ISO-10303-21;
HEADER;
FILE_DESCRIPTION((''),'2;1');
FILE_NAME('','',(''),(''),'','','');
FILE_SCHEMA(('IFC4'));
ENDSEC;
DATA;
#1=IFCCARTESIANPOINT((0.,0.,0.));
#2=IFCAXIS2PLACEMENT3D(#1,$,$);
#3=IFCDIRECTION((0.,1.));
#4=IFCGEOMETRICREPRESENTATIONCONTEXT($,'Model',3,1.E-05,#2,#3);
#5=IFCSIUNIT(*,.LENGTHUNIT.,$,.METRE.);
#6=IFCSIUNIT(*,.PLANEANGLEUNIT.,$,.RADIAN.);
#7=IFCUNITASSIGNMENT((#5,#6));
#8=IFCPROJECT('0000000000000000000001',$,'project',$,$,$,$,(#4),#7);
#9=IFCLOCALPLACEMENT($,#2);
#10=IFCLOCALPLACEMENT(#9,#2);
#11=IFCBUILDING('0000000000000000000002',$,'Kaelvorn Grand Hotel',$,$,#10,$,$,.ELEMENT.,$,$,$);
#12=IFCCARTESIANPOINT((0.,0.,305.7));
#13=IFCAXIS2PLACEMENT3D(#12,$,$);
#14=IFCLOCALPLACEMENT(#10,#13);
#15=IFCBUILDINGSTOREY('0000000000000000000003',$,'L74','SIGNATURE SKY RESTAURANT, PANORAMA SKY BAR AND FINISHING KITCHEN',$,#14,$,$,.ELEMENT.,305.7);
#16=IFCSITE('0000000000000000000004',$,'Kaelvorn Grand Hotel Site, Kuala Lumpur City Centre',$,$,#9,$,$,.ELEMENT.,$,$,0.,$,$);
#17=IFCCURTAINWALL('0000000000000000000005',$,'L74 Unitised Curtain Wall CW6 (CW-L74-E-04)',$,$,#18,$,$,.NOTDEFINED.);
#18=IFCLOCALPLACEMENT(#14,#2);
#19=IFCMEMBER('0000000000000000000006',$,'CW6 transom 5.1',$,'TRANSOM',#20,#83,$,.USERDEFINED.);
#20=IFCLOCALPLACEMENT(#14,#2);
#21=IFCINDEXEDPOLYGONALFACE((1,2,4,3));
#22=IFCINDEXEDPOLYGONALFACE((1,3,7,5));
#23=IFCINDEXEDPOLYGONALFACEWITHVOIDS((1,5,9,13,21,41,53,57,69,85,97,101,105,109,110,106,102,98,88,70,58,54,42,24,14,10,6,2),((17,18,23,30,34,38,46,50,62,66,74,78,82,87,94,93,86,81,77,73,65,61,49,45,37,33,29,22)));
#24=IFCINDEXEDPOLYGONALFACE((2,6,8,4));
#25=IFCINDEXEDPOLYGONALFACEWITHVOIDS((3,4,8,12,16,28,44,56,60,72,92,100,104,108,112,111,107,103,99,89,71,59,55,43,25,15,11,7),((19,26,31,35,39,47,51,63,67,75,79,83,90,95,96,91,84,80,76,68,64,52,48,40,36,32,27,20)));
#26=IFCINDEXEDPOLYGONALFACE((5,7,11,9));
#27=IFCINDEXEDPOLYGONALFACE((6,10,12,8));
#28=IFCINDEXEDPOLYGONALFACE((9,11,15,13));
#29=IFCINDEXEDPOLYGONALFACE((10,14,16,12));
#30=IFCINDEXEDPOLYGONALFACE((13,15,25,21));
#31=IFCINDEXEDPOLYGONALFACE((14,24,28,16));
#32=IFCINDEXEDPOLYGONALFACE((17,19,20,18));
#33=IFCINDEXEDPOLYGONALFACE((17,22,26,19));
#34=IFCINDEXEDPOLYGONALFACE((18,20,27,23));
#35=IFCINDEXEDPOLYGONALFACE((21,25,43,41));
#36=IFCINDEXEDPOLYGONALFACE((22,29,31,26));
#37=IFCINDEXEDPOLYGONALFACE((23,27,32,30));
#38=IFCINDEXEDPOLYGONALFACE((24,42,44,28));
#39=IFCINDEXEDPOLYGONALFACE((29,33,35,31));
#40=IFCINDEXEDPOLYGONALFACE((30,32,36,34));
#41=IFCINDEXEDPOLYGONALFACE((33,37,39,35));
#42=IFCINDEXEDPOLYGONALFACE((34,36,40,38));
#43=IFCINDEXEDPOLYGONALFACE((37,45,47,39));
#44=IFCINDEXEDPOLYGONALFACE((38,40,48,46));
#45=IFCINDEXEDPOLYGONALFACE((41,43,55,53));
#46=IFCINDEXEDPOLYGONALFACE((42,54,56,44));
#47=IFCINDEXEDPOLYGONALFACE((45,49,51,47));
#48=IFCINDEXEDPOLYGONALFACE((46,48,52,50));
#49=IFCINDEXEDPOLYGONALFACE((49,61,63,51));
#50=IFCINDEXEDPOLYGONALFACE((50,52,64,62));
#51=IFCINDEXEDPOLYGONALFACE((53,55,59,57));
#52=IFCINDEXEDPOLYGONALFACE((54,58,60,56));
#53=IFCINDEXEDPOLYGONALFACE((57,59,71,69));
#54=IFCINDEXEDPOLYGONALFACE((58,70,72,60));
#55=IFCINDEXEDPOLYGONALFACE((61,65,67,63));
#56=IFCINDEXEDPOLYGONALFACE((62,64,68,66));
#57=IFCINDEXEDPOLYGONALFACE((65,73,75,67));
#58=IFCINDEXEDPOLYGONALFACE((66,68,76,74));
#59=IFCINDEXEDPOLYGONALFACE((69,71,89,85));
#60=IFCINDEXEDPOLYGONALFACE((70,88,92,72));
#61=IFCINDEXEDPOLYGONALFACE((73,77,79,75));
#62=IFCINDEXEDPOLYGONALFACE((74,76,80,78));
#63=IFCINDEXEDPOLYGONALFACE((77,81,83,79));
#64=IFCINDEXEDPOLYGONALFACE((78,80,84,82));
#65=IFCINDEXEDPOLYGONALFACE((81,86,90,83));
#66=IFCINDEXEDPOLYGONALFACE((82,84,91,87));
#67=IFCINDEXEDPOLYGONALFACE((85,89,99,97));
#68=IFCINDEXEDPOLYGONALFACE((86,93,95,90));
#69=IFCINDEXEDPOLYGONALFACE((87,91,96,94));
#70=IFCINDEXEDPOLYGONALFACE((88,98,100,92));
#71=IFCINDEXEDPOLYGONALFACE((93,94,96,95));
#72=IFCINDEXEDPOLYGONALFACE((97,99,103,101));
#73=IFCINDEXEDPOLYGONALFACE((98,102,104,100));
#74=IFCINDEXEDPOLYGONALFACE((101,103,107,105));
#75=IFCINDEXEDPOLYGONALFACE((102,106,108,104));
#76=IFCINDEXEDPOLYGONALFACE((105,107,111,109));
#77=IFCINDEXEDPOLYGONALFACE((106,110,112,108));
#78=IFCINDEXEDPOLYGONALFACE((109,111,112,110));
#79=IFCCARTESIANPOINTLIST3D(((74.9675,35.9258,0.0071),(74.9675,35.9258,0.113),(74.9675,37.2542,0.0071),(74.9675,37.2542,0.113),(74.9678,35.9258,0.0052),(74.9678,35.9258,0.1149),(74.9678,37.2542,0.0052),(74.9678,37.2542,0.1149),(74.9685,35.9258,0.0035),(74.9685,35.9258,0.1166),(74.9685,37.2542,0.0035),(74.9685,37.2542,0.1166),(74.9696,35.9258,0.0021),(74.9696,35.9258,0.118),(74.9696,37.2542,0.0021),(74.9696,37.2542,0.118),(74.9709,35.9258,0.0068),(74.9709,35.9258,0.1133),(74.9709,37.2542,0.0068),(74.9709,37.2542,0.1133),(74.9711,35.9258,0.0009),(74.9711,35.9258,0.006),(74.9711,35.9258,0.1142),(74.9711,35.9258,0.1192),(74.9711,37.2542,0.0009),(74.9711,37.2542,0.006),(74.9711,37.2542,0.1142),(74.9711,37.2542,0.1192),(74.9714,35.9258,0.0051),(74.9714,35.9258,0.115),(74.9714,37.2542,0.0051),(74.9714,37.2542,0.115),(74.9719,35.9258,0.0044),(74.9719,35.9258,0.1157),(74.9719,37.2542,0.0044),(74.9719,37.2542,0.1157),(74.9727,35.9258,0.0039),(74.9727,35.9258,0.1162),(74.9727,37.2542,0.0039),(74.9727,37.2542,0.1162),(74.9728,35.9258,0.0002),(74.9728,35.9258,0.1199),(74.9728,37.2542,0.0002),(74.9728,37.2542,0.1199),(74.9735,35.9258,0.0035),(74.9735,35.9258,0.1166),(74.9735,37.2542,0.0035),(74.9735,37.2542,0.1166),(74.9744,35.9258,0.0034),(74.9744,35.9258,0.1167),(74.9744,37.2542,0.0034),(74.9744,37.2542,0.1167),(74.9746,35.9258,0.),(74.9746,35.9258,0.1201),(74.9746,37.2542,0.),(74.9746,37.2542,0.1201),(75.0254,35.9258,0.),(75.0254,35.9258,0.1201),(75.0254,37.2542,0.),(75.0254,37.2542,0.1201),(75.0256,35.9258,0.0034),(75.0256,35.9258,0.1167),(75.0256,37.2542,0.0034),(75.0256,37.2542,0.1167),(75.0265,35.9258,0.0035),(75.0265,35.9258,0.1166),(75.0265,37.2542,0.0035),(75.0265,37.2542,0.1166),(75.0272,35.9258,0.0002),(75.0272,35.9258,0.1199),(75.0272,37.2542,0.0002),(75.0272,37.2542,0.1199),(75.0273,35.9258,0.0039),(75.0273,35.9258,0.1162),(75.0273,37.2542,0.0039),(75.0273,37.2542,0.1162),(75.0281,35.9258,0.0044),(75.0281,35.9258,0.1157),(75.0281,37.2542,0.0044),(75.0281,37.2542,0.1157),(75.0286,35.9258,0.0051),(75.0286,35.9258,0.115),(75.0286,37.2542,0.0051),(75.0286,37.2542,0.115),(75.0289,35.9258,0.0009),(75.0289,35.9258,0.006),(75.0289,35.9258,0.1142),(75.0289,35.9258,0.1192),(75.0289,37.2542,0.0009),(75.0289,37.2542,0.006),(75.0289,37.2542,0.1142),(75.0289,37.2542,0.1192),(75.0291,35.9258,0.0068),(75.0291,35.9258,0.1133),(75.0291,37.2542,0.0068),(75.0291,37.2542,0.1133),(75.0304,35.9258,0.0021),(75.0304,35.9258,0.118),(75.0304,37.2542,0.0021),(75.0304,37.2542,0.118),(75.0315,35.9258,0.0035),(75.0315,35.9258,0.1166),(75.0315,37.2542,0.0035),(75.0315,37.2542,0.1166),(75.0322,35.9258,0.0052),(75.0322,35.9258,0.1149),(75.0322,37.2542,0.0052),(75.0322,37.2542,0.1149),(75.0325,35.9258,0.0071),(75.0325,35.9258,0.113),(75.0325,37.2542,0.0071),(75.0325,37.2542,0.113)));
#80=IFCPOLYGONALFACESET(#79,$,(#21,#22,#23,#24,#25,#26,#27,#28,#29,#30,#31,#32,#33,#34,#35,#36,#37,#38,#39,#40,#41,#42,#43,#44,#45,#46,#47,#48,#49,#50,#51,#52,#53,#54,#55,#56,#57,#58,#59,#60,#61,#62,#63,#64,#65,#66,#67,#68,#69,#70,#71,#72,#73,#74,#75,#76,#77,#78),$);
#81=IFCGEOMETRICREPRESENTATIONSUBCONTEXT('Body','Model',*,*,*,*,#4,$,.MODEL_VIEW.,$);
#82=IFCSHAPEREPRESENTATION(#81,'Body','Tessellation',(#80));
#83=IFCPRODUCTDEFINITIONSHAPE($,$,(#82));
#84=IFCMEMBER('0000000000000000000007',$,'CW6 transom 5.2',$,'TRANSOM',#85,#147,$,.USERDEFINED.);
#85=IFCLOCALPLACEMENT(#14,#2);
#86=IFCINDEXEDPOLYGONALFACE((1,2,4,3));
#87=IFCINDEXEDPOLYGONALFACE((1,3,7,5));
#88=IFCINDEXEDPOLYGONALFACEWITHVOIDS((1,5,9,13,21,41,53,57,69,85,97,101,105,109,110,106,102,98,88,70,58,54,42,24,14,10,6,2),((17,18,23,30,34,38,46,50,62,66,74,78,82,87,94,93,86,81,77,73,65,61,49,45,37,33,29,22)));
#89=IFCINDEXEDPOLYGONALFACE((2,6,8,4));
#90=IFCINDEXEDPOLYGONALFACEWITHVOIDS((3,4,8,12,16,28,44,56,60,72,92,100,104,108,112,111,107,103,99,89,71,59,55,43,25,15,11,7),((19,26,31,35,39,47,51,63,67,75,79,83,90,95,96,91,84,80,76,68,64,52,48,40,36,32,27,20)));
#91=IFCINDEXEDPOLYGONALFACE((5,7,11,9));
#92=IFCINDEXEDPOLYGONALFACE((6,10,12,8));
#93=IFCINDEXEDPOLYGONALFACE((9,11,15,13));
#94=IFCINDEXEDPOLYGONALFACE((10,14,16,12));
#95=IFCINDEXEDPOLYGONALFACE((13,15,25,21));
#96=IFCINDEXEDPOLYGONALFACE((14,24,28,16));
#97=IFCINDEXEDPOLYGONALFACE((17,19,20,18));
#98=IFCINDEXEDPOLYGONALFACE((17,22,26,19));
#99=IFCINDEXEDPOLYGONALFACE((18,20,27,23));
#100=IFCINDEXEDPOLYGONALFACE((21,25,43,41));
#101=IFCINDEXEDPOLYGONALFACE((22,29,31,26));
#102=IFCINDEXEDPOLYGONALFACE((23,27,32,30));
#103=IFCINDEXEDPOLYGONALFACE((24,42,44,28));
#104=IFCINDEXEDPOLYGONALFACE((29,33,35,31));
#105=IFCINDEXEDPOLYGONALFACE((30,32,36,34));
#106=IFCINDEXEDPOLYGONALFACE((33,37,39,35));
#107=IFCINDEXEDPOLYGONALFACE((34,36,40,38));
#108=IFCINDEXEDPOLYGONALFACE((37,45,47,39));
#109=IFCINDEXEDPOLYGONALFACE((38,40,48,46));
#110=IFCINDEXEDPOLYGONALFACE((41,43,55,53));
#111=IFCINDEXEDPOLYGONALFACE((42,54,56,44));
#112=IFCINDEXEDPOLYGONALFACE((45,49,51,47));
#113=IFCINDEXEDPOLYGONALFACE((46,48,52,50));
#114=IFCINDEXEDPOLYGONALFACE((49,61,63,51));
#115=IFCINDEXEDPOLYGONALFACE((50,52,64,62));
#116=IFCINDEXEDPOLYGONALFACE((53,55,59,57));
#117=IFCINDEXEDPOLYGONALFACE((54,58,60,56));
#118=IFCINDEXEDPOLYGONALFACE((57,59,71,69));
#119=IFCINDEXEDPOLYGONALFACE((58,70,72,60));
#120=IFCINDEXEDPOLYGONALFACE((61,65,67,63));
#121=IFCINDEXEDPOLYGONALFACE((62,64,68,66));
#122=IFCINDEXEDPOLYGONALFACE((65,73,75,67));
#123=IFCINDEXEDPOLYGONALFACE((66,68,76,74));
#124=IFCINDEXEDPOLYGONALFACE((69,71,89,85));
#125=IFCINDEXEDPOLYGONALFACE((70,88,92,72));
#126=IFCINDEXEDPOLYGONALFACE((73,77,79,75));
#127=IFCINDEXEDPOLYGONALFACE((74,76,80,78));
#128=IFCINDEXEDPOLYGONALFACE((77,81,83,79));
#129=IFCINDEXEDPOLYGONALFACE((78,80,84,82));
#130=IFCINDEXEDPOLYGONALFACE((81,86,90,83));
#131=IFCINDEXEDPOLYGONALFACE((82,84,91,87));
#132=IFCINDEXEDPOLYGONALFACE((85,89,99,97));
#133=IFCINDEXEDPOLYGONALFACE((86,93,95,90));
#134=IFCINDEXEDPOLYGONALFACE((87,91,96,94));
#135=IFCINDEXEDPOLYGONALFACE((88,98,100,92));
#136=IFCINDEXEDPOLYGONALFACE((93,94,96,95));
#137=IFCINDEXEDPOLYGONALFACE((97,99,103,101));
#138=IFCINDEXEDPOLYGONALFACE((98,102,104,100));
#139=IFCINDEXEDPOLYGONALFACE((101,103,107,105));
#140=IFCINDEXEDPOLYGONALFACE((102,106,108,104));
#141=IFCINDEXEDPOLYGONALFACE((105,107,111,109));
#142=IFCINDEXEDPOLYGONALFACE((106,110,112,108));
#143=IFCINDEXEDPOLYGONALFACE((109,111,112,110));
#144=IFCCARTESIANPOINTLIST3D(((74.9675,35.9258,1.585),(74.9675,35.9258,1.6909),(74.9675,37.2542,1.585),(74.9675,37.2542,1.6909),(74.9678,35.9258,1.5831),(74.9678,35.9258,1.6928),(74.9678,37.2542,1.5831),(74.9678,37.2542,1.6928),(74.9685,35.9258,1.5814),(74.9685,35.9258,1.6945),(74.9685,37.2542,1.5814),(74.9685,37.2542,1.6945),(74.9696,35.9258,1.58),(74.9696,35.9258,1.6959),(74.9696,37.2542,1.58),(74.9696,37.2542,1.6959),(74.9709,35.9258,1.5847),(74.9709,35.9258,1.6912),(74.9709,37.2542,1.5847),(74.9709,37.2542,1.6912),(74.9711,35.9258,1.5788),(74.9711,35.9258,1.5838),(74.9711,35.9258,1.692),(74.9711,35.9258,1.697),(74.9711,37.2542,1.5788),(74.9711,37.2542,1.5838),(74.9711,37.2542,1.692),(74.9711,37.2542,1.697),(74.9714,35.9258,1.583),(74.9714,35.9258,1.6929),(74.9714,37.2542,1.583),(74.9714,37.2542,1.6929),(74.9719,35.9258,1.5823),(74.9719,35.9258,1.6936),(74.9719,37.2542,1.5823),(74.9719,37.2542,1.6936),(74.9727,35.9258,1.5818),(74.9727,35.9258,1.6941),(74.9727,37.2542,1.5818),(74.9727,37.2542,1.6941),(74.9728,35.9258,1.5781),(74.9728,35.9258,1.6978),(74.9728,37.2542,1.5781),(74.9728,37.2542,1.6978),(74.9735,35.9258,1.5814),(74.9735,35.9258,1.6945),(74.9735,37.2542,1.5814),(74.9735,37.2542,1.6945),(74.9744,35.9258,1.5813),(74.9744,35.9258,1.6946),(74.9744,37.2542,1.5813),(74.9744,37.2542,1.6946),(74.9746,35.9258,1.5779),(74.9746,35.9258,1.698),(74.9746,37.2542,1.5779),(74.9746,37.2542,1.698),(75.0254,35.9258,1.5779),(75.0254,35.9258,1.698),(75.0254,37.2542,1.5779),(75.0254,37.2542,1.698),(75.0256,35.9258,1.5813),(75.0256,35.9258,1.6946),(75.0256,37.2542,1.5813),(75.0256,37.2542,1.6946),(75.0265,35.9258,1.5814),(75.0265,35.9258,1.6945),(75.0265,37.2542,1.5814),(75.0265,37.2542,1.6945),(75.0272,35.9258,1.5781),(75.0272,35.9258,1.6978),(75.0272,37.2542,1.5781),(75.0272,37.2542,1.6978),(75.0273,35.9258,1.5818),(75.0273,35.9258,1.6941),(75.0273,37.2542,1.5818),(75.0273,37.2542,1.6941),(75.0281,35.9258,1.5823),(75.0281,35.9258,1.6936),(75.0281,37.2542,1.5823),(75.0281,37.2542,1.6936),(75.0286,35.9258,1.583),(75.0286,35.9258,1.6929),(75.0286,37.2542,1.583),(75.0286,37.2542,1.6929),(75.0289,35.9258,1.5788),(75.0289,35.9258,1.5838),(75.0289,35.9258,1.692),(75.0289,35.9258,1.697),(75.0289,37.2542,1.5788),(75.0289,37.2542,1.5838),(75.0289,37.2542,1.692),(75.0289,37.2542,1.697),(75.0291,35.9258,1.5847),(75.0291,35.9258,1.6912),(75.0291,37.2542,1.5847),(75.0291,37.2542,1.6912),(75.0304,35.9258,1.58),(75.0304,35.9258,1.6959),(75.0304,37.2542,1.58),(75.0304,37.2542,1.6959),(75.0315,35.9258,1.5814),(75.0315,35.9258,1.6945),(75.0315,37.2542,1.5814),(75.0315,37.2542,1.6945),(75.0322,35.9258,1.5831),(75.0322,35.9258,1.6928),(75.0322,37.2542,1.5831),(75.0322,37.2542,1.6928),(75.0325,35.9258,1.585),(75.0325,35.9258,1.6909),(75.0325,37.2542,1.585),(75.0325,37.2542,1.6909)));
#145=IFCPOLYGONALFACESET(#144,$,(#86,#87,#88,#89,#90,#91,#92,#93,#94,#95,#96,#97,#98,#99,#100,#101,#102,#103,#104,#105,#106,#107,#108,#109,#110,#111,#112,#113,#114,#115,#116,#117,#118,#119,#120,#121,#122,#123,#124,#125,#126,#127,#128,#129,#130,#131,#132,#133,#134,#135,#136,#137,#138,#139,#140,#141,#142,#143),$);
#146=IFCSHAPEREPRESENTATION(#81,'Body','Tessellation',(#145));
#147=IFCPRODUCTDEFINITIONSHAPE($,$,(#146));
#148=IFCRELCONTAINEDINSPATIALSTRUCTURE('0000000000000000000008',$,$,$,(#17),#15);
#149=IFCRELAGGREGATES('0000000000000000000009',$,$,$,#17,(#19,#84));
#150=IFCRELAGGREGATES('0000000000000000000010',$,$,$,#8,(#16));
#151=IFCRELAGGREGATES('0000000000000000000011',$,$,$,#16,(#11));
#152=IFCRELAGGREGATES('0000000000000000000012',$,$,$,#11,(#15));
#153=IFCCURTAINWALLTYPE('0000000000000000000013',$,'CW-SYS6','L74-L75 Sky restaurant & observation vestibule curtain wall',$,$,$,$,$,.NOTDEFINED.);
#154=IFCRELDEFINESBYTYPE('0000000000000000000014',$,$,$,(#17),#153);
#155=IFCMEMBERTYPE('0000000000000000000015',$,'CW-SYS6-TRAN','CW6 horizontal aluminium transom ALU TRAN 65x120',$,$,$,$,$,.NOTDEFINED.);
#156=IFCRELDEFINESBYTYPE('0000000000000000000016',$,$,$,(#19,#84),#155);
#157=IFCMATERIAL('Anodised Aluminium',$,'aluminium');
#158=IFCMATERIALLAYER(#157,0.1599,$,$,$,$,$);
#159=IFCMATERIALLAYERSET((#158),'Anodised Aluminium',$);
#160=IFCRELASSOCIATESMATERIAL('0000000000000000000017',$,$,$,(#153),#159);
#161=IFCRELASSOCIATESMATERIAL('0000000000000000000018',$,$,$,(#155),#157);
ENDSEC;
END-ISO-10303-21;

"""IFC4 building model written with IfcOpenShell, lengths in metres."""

from ifc_helpers import new_model, si_unit, direction, frame, origin, origin_2d, place, context, subcontext, project, spatial, hollow_rectangle, extrude, material, layer, layer_set, material_profile, profile_set, type_object, element, aggregate, save


model = new_model("IFC4")

# Units and contexts
model_context = context("Model", 3, precision=1e-05, world=origin(), true_north=direction((0.0, 1.0)))
body_context = subcontext(model_context, "Body", "Model", "MODEL_VIEW")
ifc_project = project(units=[si_unit("LENGTHUNIT", "METRE"), si_unit("PLANEANGLEUNIT", "RADIAN")], contexts=[model_context])

# Site, building, storey
site_placement = place(None, origin())
site = spatial("IfcSite", under=ifc_project, at=site_placement, Name="Kaelvorn Grand Hotel Site, Kuala Lumpur City Centre", CompositionType="ELEMENT", RefElevation=0.0)
building_placement = place(site_placement, origin())
building = spatial("IfcBuilding", under=site, at=building_placement, Name="Kaelvorn Grand Hotel", CompositionType="ELEMENT")
storey_placement = place(building_placement, frame((0.0, 0.0, 305.7)))
storey = spatial("IfcBuildingStorey", under=building, at=storey_placement, Name="L74", Description="SIGNATURE SKY RESTAURANT, PANORAMA SKY BAR AND FINISHING KITCHEN", CompositionType="ELEMENT", Elevation=305.7)

# Curtain wall
ifc_material_1 = material(Name="Anodised Aluminium", Category="aluminium")
ifc_layer_1 = layer(ifc_material_1, 0.1599)
ifc_layer_set_1 = layer_set([ifc_layer_1], Name="Anodised Aluminium")
curtain_wall_type = type_object("IfcCurtainWallType", Name="CW-SYS6", Description="L74-L75 Sky restaurant & observation vestibule curtain wall", PredefinedType="NOTDEFINED", material=ifc_layer_set_1)
curtain_wall_1_placement = place(storey_placement, origin())
curtain_wall_1 = element("IfcCurtainWall", 1, at=curtain_wall_1_placement, inside=storey, type_object=curtain_wall_type, Name="L74 Unitised Curtain Wall CW6 (CW-L74-E-04)", PredefinedType="NOTDEFINED")

# Members
ifc_material_profile_1 = material_profile(ifc_material_1, hollow_rectangle(XDim=0.0649, YDim=0.1201, WallThickness=0.0034, InnerFilletRadius=0.0034, OuterFilletRadius=0.0071, at=origin_2d()), Name="ALU TRAN 65x120")
ifc_profile_set_1 = profile_set([ifc_material_profile_1], Name="Anodised Aluminium")
member_type_1 = type_object("IfcMemberType", Name="CW-SYS6-TRAN", Description="CW6 horizontal aluminium transom ALU TRAN 65x120", PredefinedType="NOTDEFINED", material=ifc_profile_set_1)
member_1_placement = place(storey_placement, frame((75.0, 35.9258, 0.0601), z_axis=(0.0, 1.0, 0.0), x_axis=(-1.0, 0.0, 0.0)))
member_1 = element("IfcMember", 2, at=member_1_placement, type_object=member_type_1, Name="CW6 transom 5.1", ObjectType="TRANSOM", PredefinedType="USERDEFINED", context=body_context, shape_type="SweptSolid", body=[
    extrude(hollow_rectangle(XDim=0.0649, YDim=0.1201, WallThickness=0.0034, InnerFilletRadius=0.0034, OuterFilletRadius=0.0071, at=origin_2d()), origin(), (0.0, 0.0, 1.0), 1.3284),
])
member_2_placement = place(storey_placement, frame((75.0, 35.9258, 1.6379), z_axis=(0.0, 1.0, 0.0), x_axis=(-1.0, 0.0, 0.0)))
member_2 = element("IfcMember", 3, at=member_2_placement, type_object=member_type_1, Name="CW6 transom 5.2", ObjectType="TRANSOM", PredefinedType="USERDEFINED", context=body_context, shape_type="SweptSolid", body=[
    extrude(hollow_rectangle(XDim=0.0649, YDim=0.1201, WallThickness=0.0034, InnerFilletRadius=0.0034, OuterFilletRadius=0.0071, at=origin_2d()), origin(), (0.0, 0.0, 1.0), 1.3284),
])

aggregate(curtain_wall_1, [member_1, member_2])

save(model, "model.ifc")
